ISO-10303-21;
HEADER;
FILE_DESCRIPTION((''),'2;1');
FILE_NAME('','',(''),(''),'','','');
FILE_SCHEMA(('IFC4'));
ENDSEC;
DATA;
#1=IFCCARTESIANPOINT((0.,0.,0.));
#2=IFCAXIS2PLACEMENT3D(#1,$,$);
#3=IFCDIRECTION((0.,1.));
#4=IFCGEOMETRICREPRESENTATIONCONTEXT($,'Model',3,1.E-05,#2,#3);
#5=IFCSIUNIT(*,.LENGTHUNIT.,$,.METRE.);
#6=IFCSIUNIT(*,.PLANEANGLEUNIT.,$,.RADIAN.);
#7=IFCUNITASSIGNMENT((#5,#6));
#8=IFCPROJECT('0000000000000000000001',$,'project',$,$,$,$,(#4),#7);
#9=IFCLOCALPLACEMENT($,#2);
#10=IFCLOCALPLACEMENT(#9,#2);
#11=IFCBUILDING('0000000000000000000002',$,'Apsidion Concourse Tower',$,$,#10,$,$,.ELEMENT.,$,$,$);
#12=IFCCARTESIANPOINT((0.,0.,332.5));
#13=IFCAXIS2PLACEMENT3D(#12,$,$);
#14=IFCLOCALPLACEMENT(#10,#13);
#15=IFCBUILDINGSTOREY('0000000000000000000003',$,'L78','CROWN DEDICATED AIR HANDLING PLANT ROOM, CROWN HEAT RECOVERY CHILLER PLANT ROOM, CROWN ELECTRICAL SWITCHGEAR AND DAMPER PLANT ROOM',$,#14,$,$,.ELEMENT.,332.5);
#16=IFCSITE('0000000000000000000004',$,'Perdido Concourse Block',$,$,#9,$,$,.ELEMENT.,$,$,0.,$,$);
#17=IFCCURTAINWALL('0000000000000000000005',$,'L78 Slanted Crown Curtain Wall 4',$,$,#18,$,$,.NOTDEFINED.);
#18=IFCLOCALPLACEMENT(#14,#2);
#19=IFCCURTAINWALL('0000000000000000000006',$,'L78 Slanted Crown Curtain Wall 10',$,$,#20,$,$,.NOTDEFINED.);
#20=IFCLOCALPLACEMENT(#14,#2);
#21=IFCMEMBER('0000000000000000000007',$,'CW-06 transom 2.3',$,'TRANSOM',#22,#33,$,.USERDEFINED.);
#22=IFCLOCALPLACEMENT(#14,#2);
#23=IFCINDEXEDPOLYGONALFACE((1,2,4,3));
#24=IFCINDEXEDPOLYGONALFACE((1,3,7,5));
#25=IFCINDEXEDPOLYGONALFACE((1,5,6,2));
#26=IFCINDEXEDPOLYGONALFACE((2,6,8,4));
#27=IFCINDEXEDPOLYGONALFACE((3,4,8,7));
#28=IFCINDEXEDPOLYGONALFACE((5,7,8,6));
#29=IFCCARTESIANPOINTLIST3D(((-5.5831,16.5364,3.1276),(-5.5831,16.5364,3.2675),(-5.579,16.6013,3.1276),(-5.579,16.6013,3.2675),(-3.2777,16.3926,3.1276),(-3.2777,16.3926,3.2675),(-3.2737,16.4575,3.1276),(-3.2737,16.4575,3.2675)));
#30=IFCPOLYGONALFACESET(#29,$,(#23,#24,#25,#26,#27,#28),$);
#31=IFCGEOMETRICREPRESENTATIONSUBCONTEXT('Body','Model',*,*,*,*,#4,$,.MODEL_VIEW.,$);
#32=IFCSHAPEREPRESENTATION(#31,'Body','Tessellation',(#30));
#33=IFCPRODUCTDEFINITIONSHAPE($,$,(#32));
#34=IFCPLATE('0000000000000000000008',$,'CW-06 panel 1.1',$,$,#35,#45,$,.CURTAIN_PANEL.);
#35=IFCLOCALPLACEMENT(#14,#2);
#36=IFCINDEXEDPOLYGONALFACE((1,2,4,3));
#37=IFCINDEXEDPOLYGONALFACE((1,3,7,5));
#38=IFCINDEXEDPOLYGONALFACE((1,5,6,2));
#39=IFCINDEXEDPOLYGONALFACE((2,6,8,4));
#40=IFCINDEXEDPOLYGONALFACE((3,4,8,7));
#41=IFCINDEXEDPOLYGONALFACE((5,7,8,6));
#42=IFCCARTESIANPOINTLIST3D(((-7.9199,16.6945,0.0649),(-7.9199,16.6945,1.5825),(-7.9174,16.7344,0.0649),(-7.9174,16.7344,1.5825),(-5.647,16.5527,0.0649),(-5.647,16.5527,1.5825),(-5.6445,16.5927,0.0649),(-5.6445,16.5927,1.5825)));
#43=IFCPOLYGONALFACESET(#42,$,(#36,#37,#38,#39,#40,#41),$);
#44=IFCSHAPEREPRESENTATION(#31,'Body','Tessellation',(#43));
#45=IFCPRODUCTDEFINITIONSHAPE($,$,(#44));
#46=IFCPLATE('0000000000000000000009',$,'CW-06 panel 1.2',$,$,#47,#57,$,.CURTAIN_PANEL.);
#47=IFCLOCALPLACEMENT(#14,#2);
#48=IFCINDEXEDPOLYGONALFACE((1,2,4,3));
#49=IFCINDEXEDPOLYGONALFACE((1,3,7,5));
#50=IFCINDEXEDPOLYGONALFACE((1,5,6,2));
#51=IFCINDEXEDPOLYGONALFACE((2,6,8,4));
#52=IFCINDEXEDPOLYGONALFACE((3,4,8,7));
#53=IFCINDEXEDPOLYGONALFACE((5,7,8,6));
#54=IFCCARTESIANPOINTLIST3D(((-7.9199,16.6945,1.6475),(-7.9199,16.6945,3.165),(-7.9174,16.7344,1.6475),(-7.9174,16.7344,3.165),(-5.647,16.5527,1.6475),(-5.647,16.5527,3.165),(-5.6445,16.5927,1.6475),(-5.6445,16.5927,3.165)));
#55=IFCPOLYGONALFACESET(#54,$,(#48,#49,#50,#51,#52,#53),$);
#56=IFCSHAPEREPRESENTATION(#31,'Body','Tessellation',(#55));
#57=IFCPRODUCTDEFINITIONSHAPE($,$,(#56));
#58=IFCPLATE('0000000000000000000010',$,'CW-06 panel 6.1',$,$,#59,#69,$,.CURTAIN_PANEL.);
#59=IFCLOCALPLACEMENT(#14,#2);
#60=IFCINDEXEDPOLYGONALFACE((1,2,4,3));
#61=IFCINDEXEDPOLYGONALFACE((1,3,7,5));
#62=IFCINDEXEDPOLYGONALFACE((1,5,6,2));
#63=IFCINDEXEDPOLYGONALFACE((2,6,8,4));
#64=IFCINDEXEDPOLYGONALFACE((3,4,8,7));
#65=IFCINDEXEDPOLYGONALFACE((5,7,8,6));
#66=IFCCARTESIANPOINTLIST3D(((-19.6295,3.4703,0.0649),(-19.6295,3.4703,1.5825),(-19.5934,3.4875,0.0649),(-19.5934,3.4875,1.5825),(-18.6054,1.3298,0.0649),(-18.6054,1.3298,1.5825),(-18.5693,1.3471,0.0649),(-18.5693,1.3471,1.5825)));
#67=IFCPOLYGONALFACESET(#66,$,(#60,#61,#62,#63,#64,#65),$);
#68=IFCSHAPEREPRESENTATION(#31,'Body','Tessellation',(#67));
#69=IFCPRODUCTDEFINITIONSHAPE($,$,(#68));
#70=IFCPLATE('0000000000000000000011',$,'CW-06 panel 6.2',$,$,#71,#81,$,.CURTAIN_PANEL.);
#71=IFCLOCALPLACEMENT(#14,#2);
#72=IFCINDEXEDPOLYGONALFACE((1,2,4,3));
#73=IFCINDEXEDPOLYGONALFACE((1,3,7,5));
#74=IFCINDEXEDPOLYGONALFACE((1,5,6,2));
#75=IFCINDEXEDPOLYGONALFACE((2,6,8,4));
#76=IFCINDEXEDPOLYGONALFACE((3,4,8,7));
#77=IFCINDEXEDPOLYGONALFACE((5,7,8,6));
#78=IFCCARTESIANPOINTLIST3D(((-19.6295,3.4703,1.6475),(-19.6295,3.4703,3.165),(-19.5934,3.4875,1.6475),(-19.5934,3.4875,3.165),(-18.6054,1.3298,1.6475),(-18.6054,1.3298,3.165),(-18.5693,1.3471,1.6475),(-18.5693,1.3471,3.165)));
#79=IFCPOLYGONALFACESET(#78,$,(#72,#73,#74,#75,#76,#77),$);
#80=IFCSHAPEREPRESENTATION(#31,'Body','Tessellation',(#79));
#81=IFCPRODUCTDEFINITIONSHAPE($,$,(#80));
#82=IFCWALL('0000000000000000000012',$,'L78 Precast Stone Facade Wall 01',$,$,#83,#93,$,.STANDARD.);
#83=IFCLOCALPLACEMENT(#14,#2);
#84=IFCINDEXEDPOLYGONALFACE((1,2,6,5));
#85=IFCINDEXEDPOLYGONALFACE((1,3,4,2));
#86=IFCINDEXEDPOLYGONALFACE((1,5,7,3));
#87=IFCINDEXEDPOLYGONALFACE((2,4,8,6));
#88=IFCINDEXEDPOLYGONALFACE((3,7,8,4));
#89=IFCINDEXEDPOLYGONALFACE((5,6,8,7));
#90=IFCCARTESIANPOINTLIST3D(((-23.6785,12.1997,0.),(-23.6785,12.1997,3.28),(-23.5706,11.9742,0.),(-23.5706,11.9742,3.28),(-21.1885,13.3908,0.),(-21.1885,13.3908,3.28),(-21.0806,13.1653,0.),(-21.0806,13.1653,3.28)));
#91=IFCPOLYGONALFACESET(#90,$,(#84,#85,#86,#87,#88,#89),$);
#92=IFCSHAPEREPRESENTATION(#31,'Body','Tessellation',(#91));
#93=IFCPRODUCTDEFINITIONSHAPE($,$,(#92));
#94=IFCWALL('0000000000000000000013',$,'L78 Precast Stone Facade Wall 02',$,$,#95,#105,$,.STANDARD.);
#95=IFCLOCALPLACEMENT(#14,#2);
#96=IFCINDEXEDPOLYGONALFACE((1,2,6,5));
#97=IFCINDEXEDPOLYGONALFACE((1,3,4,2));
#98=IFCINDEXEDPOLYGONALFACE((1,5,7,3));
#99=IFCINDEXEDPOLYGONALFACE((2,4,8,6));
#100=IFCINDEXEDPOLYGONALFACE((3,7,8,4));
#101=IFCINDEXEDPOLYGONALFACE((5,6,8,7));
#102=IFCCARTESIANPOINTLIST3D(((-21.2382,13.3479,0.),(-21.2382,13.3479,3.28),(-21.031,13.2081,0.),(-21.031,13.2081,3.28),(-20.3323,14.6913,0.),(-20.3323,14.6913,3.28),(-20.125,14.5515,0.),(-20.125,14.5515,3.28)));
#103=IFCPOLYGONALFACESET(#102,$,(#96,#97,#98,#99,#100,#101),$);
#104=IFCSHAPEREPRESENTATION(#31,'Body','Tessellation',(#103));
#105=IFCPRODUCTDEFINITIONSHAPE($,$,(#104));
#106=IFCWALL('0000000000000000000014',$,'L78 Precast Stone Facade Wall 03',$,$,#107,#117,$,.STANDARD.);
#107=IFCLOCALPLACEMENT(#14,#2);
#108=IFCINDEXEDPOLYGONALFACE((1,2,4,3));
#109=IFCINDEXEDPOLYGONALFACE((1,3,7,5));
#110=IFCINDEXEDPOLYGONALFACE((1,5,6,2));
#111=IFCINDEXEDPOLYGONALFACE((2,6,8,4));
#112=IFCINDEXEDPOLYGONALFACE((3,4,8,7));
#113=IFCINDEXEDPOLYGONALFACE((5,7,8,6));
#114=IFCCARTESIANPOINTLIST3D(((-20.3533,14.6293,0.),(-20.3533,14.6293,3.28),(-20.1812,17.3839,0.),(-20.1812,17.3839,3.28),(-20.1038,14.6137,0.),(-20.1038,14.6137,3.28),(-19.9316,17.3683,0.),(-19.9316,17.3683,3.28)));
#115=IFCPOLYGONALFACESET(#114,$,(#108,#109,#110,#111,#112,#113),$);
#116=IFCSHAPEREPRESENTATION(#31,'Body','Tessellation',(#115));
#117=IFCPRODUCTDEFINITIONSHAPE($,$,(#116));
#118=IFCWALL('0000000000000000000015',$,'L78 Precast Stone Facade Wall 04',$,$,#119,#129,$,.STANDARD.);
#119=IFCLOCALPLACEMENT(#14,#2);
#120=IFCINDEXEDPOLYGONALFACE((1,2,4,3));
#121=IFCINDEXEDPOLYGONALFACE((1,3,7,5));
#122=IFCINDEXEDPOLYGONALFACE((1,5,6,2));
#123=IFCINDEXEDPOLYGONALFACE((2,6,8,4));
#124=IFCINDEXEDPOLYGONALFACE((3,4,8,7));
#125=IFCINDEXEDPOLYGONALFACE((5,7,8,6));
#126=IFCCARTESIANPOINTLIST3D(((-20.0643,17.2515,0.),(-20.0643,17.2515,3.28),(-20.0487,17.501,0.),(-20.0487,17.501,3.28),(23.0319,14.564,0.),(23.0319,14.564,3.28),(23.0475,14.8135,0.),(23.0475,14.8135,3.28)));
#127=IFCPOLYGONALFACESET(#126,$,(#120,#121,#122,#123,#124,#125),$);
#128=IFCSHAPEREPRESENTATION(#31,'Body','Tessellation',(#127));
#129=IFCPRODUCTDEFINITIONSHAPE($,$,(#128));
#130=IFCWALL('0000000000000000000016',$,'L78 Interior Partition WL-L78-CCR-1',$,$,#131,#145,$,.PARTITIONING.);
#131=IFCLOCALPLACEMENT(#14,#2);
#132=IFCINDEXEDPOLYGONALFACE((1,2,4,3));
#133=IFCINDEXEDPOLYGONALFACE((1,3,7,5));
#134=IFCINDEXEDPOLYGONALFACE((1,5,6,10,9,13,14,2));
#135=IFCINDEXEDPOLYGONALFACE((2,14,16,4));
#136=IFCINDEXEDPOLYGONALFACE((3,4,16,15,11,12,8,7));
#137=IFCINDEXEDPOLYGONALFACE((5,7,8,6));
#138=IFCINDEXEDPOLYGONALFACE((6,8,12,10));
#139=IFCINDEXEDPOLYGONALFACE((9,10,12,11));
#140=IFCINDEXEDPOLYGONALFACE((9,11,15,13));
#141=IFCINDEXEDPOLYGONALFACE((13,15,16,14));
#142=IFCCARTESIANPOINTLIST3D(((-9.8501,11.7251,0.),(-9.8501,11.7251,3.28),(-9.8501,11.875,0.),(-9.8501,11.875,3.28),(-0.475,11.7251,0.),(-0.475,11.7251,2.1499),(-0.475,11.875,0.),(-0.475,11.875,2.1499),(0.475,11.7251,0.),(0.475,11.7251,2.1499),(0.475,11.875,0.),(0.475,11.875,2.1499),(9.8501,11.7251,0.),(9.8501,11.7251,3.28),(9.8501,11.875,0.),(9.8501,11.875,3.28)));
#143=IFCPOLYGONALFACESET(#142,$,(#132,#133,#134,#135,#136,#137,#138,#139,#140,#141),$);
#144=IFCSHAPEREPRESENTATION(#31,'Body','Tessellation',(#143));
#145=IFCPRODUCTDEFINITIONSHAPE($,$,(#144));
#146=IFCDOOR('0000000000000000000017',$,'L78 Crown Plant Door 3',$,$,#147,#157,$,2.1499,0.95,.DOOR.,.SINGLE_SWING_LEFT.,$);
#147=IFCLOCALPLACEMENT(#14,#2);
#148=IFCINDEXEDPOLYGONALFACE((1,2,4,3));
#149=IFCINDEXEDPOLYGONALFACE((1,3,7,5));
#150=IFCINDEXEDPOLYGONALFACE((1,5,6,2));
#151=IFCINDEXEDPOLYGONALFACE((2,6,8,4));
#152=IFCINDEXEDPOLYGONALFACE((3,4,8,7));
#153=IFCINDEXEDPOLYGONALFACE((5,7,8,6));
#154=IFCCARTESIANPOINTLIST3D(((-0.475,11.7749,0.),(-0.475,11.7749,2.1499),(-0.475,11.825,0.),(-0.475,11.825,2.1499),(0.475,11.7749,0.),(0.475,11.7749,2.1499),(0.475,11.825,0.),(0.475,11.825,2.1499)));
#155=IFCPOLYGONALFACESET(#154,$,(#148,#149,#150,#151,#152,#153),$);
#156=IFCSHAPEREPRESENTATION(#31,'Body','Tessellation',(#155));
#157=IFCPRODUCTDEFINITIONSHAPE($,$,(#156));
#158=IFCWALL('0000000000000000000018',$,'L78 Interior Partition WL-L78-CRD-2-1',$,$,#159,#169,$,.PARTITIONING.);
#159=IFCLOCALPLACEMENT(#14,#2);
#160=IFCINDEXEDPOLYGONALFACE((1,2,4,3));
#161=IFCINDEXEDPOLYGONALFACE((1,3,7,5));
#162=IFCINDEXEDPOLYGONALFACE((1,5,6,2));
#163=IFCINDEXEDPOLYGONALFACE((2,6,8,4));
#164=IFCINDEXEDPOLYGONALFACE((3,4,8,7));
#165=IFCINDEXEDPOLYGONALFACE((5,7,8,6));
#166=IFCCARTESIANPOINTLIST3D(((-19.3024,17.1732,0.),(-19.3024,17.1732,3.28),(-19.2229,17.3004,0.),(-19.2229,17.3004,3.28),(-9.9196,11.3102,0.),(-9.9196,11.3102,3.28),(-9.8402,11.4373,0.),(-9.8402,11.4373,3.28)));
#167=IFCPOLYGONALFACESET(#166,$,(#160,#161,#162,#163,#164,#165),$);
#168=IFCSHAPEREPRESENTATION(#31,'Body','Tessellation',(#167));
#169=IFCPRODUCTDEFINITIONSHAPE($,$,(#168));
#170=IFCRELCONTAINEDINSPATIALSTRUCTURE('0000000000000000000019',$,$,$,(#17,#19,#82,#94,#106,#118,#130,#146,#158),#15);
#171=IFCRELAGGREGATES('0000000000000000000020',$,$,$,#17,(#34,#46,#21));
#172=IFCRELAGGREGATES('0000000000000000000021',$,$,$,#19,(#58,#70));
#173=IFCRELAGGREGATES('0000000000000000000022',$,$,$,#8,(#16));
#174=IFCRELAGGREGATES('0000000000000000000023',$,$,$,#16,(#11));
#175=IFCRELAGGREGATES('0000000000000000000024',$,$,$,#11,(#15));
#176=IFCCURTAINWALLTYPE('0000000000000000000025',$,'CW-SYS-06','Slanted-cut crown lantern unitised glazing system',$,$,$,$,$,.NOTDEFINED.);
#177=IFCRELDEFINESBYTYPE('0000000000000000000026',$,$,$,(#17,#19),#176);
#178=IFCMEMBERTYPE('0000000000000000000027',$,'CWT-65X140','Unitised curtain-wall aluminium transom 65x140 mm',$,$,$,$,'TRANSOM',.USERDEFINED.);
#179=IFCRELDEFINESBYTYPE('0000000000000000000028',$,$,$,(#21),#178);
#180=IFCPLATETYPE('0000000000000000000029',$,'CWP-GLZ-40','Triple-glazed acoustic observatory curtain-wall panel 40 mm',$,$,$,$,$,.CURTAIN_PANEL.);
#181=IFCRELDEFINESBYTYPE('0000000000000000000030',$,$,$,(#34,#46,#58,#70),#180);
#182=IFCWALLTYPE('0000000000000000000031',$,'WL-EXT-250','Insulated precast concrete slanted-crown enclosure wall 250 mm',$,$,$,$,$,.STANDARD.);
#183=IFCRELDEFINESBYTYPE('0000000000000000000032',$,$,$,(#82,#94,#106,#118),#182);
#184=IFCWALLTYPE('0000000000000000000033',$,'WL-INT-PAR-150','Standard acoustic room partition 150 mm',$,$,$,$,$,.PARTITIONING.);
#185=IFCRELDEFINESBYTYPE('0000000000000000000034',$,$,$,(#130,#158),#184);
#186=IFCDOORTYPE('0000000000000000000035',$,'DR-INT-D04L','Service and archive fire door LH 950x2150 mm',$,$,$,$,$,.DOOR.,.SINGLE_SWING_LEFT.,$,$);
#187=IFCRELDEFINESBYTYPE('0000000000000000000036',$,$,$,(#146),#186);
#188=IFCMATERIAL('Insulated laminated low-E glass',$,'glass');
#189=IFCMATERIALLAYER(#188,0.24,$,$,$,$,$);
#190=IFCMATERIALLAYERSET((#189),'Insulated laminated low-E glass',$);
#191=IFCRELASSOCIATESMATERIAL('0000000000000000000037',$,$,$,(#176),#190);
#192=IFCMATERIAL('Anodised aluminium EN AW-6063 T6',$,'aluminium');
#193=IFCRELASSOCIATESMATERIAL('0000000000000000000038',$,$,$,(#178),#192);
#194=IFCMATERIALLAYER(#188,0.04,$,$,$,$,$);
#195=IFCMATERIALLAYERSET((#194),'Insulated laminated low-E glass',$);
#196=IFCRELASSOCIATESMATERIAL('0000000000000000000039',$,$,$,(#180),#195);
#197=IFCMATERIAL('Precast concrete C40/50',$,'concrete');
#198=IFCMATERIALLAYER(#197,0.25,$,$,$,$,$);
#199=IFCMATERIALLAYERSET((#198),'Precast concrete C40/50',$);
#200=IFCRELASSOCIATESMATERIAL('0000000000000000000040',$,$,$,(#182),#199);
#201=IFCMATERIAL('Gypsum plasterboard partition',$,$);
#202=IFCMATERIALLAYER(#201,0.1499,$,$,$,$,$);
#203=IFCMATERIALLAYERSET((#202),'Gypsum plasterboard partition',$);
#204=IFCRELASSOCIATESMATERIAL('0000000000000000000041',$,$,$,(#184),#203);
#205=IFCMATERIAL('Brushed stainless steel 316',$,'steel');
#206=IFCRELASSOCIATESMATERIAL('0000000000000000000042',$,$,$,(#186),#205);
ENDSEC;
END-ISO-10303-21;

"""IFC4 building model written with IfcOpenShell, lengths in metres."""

from ifc_helpers import new_model, si_unit, direction, frame, frame_2d, origin, origin_2d, place, context, subcontext, project, spatial, rectangle, extrude, material, layer, layer_set, material_profile, profile_set, type_object, element, fill, aggregate, save


model = new_model("IFC4")

# Units and contexts
model_context = context("Model", 3, precision=1e-05, world=origin(), true_north=direction((0.0, 1.0)))
body_context = subcontext(model_context, "Body", "Model", "MODEL_VIEW")
ifc_project = project(units=[si_unit("LENGTHUNIT", "METRE"), si_unit("PLANEANGLEUNIT", "RADIAN")], contexts=[model_context])

# Site, building, storey
site_placement = place(None, origin())
site = spatial("IfcSite", under=ifc_project, at=site_placement, Name="Perdido Concourse Block", CompositionType="ELEMENT", RefElevation=0.0)
building_placement = place(site_placement, origin())
building = spatial("IfcBuilding", under=site, at=building_placement, Name="Apsidion Concourse Tower", CompositionType="ELEMENT")
storey_placement = place(building_placement, frame((0.0, 0.0, 332.5)))
storey = spatial("IfcBuildingStorey", under=building, at=storey_placement, Name="L78", Description="CROWN DEDICATED AIR HANDLING PLANT ROOM, CROWN HEAT RECOVERY CHILLER PLANT ROOM, CROWN ELECTRICAL SWITCHGEAR AND DAMPER PLANT ROOM", CompositionType="ELEMENT", Elevation=332.5)

# Curtain wall
ifc_material_1 = material(Name="Insulated laminated low-E glass", Category="glass")
ifc_layer_1 = layer(ifc_material_1, 0.24)
ifc_layer_set_1 = layer_set([ifc_layer_1], Name="Insulated laminated low-E glass")
curtain_wall_type = type_object("IfcCurtainWallType", Name="CW-SYS-06", Description="Slanted-cut crown lantern unitised glazing system", PredefinedType="NOTDEFINED", material=ifc_layer_set_1)
curtain_wall_1_placement = place(storey_placement, origin())
curtain_wall_1 = element("IfcCurtainWall", 1, at=curtain_wall_1_placement, inside=storey, type_object=curtain_wall_type, Name="L78 Slanted Crown Curtain Wall 4", PredefinedType="NOTDEFINED")
ifc_material_2 = material(Name="Anodised aluminium EN AW-6063 T6", Category="aluminium")

# Curtain wall
curtain_wall_2_placement = place(storey_placement, origin())
curtain_wall_2 = element("IfcCurtainWall", 2, at=curtain_wall_2_placement, inside=storey, type_object=curtain_wall_type, Name="L78 Slanted Crown Curtain Wall 10", PredefinedType="NOTDEFINED")

# Member
ifc_material_profile_1 = material_profile(ifc_material_2, rectangle(XDim=0.0649, YDim=0.1399, at=origin_2d()), Name="ALU TRANSOM 65x140")
ifc_profile_set_1 = profile_set([ifc_material_profile_1], Name="Anodised aluminium EN AW-6063 T6")
member_type_1 = type_object("IfcMemberType", Name="CWT-65X140", Description="Unitised curtain-wall aluminium transom 65x140 mm", ElementType="TRANSOM", PredefinedType="USERDEFINED", material=ifc_profile_set_1)
member_1_placement = place(storey_placement, frame((-5.5811, 16.5688, 3.1975), z_axis=(0.99806, -0.062253, 0.0), x_axis=(0.062253, 0.99806, 0.0)))
member_1 = element("IfcMember", 3, at=member_1_placement, type_object=member_type_1, Name="CW-06 transom 2.3", ObjectType="TRANSOM", PredefinedType="USERDEFINED", context=body_context, shape_type="SweptSolid", body=[
    extrude(rectangle(XDim=0.0649, YDim=0.1399, at=origin_2d()), origin(), (0.0, 0.0, 1.0), 2.3098),
])

# Plates
ifc_layer_2 = layer(ifc_material_1, 0.04)
ifc_layer_set_2 = layer_set([ifc_layer_2], Name="Insulated laminated low-E glass")
plate_type = type_object("IfcPlateType", Name="CWP-GLZ-40", Description="Triple-glazed acoustic observatory curtain-wall panel 40 mm", PredefinedType="CURTAIN_PANEL", material=ifc_layer_set_2)
plate_1_placement = place(storey_placement, frame((-6.7822, 16.6436, 0.0649), z_axis=(0.0, 0.0, 1.0), x_axis=(0.998061, -0.062245, 0.0)))
plate_1 = element("IfcPlate", 4, at=plate_1_placement, type_object=plate_type, Name="CW-06 panel 1.1", PredefinedType="CURTAIN_PANEL", context=body_context, shape_type="SweptSolid", body=[
    extrude(rectangle(XDim=2.2773, YDim=0.04, at=origin_2d()), origin(), (0.0, 0.0, 1.0), 1.5176),
])
plate_2_placement = place(storey_placement, frame((-6.7822, 16.6436, 1.6475), z_axis=(0.0, 0.0, 1.0), x_axis=(0.998061, -0.062245, 0.0)))
plate_2 = element("IfcPlate", 5, at=plate_2_placement, type_object=plate_type, Name="CW-06 panel 1.2", PredefinedType="CURTAIN_PANEL", context=body_context, shape_type="SweptSolid", body=[
    extrude(rectangle(XDim=2.2773, YDim=0.04, at=origin_2d()), origin(), (0.0, 0.0, 1.0), 1.5176),
])
aggregate(curtain_wall_1, [plate_1, plate_2, member_1])
plate_3_placement = place(storey_placement, frame((-19.0994, 2.4087, 0.0649), z_axis=(0.0, 0.0, 1.0), x_axis=(-0.431596, 0.902067, 0.0)))
plate_3 = element("IfcPlate", 6, at=plate_3_placement, type_object=plate_type, Name="CW-06 panel 6.1", PredefinedType="CURTAIN_PANEL", context=body_context, shape_type="SweptSolid", body=[
    extrude(rectangle(XDim=2.3728, YDim=0.04, at=origin_2d()), origin(), (0.0, 0.0, 1.0), 1.5176),
])
plate_4_placement = place(storey_placement, frame((-19.0994, 2.4087, 1.6475), z_axis=(0.0, 0.0, 1.0), x_axis=(-0.431596, 0.902067, 0.0)))
plate_4 = element("IfcPlate", 7, at=plate_4_placement, type_object=plate_type, Name="CW-06 panel 6.2", PredefinedType="CURTAIN_PANEL", context=body_context, shape_type="SweptSolid", body=[
    extrude(rectangle(XDim=2.3728, YDim=0.04, at=origin_2d()), origin(), (0.0, 0.0, 1.0), 1.5176),
])
aggregate(curtain_wall_2, [plate_3, plate_4])

# Walls
ifc_material_3 = material(Name="Precast concrete C40/50", Category="concrete")
ifc_layer_3 = layer(ifc_material_3, 0.25)
ifc_layer_set_3 = layer_set([ifc_layer_3], Name="Precast concrete C40/50")
wall_type_1 = type_object("IfcWallType", Name="WL-EXT-250", Description="Insulated precast concrete slanted-crown enclosure wall 250 mm", PredefinedType="STANDARD", material=ifc_layer_set_3)
wall_1_placement = place(storey_placement, frame((-23.6245, 12.0869, 0.0), z_axis=(0.0, 0.0, 1.0), x_axis=(0.902092, 0.431543, 0.0)))
element("IfcWall", 8, at=wall_1_placement, inside=storey, type_object=wall_type_1, Name="L78 Precast Stone Facade Wall 01", PredefinedType="STANDARD", context=body_context, shape_type="SweptSolid", body=[
    extrude(rectangle(XDim=2.7603, YDim=0.25, at=frame_2d((1.3801, 0.0))), origin(), (0.0, 0.0, 1.0), 3.28),
])
wall_2_placement = place(storey_placement, frame((-21.1345, 13.2781, 0.0), z_axis=(0.0, 0.0, 1.0), x_axis=(0.559108, 0.829095, 0.0)))
element("IfcWall", 9, at=wall_2_placement, inside=storey, type_object=wall_type_1, Name="L78 Precast Stone Facade Wall 02", PredefinedType="STANDARD", context=body_context, shape_type="SweptSolid", body=[
    extrude(rectangle(XDim=1.6204, YDim=0.25, at=frame_2d((0.8101, 0.0))), origin(), (0.0, 0.0, 1.0), 3.28),
])
wall_3_placement = place(storey_placement, frame((-20.2285, 14.6216, 0.0), z_axis=(0.0, 0.0, 1.0), x_axis=(0.062362, 0.998054, 0.0)))
element("IfcWall", 10, at=wall_3_placement, inside=storey, type_object=wall_type_1, Name="L78 Precast Stone Facade Wall 03", PredefinedType="STANDARD", context=body_context, shape_type="SweptSolid", body=[
    extrude(rectangle(XDim=2.76, YDim=0.25, at=frame_2d((1.3799, 0.0))), origin(), (0.0, 0.0, 1.0), 3.28),
])
wall_4_placement = place(storey_placement, frame((-20.0564, 17.3762, 0.0), z_axis=(0.0, 0.0, 1.0), x_axis=(0.998061, -0.06224, 0.0)))
element("IfcWall", 11, at=wall_4_placement, inside=storey, type_object=wall_type_1, Name="L78 Precast Stone Facade Wall 04", PredefinedType="STANDARD", context=body_context, shape_type="SweptSolid", body=[
    extrude(rectangle(XDim=43.1799, YDim=0.25, at=frame_2d((21.5898, 0.0))), origin(), (0.0, 0.0, 1.0), 3.28),
])

# Wall, opening, door
ifc_material_4 = material(Name="Gypsum plasterboard partition")
ifc_layer_4 = layer(ifc_material_4, 0.1499)
ifc_layer_set_4 = layer_set([ifc_layer_4], Name="Gypsum plasterboard partition")
wall_type_2 = type_object("IfcWallType", Name="WL-INT-PAR-150", Description="Standard acoustic room partition 150 mm", PredefinedType="PARTITIONING", material=ifc_layer_set_4)
wall_5_placement = place(storey_placement, frame((-9.8501, 11.8, 0.0), z_axis=(0.0, 0.0, 1.0), x_axis=(1.0, 0.0, 0.0)))
wall_5 = element("IfcWall", 12, at=wall_5_placement, inside=storey, type_object=wall_type_2, Name="L78 Interior Partition WL-L78-CCR-1", PredefinedType="PARTITIONING", context=body_context, shape_type="SweptSolid", body=[
    extrude(rectangle(XDim=19.7002, YDim=0.1499, at=frame_2d((9.8501, 0.0))), origin(), (0.0, 0.0, 1.0), 3.28),
])
opening_1_placement = place(wall_5_placement, frame((9.375, 0.0, 0.0)))
opening_1 = element("IfcOpeningElement", 13, at=opening_1_placement, cuts=wall_5, PredefinedType="OPENING", context=body_context, shape_type="SweptSolid", body=[
    extrude(rectangle(XDim=0.95, YDim=2.1499, at=frame_2d((0.4751, 1.075))), frame((0.0, 0.085, 0.0), z_axis=(0.0, -1.0, 0.0), x_axis=(1.0, 0.0, 0.0)), (0.0, 0.0, 1.0), 0.1699),
])
ifc_material_5 = material(Name="Brushed stainless steel 316", Category="steel")
door_type_1 = type_object("IfcDoorType", Name="DR-INT-D04L", Description="Service and archive fire door LH 950x2150 mm", OperationType="SINGLE_SWING_LEFT", PredefinedType="DOOR", material=ifc_material_5)
door_1_placement = place(opening_1_placement, origin())
door_1 = element("IfcDoor", 14, at=door_1_placement, inside=storey, type_object=door_type_1, Name="L78 Crown Plant Door 3", OperationType="SINGLE_SWING_LEFT", OverallHeight=2.1499, OverallWidth=0.95, PredefinedType="DOOR", context=body_context, shape_type="SweptSolid", body=[
    extrude(rectangle(XDim=0.95, YDim=2.1499, at=frame_2d((0.4751, 1.075))), frame((0.0, 0.0249, 0.0), z_axis=(0.0, -1.0, 0.0), x_axis=(1.0, 0.0, 0.0)), (0.0, 0.0, 1.0), 0.05),
])
fill(opening_1, door_1)

# Wall
wall_6_placement = place(storey_placement, frame((-9.8799, 11.3738, 0.0), z_axis=(0.0, 0.0, 1.0), x_axis=(-0.848048, 0.52992, 0.0)))
element("IfcWall", 15, at=wall_6_placement, inside=storey, type_object=wall_type_2, Name="L78 Interior Partition WL-L78-CRD-2-1", PredefinedType="PARTITIONING", context=body_context, shape_type="SweptSolid", body=[
    extrude(rectangle(XDim=11.064, YDim=0.1499, at=frame_2d((5.532, 0.0))), origin(), (0.0, 0.0, 1.0), 3.28),
])

save(model, "model.ifc")
